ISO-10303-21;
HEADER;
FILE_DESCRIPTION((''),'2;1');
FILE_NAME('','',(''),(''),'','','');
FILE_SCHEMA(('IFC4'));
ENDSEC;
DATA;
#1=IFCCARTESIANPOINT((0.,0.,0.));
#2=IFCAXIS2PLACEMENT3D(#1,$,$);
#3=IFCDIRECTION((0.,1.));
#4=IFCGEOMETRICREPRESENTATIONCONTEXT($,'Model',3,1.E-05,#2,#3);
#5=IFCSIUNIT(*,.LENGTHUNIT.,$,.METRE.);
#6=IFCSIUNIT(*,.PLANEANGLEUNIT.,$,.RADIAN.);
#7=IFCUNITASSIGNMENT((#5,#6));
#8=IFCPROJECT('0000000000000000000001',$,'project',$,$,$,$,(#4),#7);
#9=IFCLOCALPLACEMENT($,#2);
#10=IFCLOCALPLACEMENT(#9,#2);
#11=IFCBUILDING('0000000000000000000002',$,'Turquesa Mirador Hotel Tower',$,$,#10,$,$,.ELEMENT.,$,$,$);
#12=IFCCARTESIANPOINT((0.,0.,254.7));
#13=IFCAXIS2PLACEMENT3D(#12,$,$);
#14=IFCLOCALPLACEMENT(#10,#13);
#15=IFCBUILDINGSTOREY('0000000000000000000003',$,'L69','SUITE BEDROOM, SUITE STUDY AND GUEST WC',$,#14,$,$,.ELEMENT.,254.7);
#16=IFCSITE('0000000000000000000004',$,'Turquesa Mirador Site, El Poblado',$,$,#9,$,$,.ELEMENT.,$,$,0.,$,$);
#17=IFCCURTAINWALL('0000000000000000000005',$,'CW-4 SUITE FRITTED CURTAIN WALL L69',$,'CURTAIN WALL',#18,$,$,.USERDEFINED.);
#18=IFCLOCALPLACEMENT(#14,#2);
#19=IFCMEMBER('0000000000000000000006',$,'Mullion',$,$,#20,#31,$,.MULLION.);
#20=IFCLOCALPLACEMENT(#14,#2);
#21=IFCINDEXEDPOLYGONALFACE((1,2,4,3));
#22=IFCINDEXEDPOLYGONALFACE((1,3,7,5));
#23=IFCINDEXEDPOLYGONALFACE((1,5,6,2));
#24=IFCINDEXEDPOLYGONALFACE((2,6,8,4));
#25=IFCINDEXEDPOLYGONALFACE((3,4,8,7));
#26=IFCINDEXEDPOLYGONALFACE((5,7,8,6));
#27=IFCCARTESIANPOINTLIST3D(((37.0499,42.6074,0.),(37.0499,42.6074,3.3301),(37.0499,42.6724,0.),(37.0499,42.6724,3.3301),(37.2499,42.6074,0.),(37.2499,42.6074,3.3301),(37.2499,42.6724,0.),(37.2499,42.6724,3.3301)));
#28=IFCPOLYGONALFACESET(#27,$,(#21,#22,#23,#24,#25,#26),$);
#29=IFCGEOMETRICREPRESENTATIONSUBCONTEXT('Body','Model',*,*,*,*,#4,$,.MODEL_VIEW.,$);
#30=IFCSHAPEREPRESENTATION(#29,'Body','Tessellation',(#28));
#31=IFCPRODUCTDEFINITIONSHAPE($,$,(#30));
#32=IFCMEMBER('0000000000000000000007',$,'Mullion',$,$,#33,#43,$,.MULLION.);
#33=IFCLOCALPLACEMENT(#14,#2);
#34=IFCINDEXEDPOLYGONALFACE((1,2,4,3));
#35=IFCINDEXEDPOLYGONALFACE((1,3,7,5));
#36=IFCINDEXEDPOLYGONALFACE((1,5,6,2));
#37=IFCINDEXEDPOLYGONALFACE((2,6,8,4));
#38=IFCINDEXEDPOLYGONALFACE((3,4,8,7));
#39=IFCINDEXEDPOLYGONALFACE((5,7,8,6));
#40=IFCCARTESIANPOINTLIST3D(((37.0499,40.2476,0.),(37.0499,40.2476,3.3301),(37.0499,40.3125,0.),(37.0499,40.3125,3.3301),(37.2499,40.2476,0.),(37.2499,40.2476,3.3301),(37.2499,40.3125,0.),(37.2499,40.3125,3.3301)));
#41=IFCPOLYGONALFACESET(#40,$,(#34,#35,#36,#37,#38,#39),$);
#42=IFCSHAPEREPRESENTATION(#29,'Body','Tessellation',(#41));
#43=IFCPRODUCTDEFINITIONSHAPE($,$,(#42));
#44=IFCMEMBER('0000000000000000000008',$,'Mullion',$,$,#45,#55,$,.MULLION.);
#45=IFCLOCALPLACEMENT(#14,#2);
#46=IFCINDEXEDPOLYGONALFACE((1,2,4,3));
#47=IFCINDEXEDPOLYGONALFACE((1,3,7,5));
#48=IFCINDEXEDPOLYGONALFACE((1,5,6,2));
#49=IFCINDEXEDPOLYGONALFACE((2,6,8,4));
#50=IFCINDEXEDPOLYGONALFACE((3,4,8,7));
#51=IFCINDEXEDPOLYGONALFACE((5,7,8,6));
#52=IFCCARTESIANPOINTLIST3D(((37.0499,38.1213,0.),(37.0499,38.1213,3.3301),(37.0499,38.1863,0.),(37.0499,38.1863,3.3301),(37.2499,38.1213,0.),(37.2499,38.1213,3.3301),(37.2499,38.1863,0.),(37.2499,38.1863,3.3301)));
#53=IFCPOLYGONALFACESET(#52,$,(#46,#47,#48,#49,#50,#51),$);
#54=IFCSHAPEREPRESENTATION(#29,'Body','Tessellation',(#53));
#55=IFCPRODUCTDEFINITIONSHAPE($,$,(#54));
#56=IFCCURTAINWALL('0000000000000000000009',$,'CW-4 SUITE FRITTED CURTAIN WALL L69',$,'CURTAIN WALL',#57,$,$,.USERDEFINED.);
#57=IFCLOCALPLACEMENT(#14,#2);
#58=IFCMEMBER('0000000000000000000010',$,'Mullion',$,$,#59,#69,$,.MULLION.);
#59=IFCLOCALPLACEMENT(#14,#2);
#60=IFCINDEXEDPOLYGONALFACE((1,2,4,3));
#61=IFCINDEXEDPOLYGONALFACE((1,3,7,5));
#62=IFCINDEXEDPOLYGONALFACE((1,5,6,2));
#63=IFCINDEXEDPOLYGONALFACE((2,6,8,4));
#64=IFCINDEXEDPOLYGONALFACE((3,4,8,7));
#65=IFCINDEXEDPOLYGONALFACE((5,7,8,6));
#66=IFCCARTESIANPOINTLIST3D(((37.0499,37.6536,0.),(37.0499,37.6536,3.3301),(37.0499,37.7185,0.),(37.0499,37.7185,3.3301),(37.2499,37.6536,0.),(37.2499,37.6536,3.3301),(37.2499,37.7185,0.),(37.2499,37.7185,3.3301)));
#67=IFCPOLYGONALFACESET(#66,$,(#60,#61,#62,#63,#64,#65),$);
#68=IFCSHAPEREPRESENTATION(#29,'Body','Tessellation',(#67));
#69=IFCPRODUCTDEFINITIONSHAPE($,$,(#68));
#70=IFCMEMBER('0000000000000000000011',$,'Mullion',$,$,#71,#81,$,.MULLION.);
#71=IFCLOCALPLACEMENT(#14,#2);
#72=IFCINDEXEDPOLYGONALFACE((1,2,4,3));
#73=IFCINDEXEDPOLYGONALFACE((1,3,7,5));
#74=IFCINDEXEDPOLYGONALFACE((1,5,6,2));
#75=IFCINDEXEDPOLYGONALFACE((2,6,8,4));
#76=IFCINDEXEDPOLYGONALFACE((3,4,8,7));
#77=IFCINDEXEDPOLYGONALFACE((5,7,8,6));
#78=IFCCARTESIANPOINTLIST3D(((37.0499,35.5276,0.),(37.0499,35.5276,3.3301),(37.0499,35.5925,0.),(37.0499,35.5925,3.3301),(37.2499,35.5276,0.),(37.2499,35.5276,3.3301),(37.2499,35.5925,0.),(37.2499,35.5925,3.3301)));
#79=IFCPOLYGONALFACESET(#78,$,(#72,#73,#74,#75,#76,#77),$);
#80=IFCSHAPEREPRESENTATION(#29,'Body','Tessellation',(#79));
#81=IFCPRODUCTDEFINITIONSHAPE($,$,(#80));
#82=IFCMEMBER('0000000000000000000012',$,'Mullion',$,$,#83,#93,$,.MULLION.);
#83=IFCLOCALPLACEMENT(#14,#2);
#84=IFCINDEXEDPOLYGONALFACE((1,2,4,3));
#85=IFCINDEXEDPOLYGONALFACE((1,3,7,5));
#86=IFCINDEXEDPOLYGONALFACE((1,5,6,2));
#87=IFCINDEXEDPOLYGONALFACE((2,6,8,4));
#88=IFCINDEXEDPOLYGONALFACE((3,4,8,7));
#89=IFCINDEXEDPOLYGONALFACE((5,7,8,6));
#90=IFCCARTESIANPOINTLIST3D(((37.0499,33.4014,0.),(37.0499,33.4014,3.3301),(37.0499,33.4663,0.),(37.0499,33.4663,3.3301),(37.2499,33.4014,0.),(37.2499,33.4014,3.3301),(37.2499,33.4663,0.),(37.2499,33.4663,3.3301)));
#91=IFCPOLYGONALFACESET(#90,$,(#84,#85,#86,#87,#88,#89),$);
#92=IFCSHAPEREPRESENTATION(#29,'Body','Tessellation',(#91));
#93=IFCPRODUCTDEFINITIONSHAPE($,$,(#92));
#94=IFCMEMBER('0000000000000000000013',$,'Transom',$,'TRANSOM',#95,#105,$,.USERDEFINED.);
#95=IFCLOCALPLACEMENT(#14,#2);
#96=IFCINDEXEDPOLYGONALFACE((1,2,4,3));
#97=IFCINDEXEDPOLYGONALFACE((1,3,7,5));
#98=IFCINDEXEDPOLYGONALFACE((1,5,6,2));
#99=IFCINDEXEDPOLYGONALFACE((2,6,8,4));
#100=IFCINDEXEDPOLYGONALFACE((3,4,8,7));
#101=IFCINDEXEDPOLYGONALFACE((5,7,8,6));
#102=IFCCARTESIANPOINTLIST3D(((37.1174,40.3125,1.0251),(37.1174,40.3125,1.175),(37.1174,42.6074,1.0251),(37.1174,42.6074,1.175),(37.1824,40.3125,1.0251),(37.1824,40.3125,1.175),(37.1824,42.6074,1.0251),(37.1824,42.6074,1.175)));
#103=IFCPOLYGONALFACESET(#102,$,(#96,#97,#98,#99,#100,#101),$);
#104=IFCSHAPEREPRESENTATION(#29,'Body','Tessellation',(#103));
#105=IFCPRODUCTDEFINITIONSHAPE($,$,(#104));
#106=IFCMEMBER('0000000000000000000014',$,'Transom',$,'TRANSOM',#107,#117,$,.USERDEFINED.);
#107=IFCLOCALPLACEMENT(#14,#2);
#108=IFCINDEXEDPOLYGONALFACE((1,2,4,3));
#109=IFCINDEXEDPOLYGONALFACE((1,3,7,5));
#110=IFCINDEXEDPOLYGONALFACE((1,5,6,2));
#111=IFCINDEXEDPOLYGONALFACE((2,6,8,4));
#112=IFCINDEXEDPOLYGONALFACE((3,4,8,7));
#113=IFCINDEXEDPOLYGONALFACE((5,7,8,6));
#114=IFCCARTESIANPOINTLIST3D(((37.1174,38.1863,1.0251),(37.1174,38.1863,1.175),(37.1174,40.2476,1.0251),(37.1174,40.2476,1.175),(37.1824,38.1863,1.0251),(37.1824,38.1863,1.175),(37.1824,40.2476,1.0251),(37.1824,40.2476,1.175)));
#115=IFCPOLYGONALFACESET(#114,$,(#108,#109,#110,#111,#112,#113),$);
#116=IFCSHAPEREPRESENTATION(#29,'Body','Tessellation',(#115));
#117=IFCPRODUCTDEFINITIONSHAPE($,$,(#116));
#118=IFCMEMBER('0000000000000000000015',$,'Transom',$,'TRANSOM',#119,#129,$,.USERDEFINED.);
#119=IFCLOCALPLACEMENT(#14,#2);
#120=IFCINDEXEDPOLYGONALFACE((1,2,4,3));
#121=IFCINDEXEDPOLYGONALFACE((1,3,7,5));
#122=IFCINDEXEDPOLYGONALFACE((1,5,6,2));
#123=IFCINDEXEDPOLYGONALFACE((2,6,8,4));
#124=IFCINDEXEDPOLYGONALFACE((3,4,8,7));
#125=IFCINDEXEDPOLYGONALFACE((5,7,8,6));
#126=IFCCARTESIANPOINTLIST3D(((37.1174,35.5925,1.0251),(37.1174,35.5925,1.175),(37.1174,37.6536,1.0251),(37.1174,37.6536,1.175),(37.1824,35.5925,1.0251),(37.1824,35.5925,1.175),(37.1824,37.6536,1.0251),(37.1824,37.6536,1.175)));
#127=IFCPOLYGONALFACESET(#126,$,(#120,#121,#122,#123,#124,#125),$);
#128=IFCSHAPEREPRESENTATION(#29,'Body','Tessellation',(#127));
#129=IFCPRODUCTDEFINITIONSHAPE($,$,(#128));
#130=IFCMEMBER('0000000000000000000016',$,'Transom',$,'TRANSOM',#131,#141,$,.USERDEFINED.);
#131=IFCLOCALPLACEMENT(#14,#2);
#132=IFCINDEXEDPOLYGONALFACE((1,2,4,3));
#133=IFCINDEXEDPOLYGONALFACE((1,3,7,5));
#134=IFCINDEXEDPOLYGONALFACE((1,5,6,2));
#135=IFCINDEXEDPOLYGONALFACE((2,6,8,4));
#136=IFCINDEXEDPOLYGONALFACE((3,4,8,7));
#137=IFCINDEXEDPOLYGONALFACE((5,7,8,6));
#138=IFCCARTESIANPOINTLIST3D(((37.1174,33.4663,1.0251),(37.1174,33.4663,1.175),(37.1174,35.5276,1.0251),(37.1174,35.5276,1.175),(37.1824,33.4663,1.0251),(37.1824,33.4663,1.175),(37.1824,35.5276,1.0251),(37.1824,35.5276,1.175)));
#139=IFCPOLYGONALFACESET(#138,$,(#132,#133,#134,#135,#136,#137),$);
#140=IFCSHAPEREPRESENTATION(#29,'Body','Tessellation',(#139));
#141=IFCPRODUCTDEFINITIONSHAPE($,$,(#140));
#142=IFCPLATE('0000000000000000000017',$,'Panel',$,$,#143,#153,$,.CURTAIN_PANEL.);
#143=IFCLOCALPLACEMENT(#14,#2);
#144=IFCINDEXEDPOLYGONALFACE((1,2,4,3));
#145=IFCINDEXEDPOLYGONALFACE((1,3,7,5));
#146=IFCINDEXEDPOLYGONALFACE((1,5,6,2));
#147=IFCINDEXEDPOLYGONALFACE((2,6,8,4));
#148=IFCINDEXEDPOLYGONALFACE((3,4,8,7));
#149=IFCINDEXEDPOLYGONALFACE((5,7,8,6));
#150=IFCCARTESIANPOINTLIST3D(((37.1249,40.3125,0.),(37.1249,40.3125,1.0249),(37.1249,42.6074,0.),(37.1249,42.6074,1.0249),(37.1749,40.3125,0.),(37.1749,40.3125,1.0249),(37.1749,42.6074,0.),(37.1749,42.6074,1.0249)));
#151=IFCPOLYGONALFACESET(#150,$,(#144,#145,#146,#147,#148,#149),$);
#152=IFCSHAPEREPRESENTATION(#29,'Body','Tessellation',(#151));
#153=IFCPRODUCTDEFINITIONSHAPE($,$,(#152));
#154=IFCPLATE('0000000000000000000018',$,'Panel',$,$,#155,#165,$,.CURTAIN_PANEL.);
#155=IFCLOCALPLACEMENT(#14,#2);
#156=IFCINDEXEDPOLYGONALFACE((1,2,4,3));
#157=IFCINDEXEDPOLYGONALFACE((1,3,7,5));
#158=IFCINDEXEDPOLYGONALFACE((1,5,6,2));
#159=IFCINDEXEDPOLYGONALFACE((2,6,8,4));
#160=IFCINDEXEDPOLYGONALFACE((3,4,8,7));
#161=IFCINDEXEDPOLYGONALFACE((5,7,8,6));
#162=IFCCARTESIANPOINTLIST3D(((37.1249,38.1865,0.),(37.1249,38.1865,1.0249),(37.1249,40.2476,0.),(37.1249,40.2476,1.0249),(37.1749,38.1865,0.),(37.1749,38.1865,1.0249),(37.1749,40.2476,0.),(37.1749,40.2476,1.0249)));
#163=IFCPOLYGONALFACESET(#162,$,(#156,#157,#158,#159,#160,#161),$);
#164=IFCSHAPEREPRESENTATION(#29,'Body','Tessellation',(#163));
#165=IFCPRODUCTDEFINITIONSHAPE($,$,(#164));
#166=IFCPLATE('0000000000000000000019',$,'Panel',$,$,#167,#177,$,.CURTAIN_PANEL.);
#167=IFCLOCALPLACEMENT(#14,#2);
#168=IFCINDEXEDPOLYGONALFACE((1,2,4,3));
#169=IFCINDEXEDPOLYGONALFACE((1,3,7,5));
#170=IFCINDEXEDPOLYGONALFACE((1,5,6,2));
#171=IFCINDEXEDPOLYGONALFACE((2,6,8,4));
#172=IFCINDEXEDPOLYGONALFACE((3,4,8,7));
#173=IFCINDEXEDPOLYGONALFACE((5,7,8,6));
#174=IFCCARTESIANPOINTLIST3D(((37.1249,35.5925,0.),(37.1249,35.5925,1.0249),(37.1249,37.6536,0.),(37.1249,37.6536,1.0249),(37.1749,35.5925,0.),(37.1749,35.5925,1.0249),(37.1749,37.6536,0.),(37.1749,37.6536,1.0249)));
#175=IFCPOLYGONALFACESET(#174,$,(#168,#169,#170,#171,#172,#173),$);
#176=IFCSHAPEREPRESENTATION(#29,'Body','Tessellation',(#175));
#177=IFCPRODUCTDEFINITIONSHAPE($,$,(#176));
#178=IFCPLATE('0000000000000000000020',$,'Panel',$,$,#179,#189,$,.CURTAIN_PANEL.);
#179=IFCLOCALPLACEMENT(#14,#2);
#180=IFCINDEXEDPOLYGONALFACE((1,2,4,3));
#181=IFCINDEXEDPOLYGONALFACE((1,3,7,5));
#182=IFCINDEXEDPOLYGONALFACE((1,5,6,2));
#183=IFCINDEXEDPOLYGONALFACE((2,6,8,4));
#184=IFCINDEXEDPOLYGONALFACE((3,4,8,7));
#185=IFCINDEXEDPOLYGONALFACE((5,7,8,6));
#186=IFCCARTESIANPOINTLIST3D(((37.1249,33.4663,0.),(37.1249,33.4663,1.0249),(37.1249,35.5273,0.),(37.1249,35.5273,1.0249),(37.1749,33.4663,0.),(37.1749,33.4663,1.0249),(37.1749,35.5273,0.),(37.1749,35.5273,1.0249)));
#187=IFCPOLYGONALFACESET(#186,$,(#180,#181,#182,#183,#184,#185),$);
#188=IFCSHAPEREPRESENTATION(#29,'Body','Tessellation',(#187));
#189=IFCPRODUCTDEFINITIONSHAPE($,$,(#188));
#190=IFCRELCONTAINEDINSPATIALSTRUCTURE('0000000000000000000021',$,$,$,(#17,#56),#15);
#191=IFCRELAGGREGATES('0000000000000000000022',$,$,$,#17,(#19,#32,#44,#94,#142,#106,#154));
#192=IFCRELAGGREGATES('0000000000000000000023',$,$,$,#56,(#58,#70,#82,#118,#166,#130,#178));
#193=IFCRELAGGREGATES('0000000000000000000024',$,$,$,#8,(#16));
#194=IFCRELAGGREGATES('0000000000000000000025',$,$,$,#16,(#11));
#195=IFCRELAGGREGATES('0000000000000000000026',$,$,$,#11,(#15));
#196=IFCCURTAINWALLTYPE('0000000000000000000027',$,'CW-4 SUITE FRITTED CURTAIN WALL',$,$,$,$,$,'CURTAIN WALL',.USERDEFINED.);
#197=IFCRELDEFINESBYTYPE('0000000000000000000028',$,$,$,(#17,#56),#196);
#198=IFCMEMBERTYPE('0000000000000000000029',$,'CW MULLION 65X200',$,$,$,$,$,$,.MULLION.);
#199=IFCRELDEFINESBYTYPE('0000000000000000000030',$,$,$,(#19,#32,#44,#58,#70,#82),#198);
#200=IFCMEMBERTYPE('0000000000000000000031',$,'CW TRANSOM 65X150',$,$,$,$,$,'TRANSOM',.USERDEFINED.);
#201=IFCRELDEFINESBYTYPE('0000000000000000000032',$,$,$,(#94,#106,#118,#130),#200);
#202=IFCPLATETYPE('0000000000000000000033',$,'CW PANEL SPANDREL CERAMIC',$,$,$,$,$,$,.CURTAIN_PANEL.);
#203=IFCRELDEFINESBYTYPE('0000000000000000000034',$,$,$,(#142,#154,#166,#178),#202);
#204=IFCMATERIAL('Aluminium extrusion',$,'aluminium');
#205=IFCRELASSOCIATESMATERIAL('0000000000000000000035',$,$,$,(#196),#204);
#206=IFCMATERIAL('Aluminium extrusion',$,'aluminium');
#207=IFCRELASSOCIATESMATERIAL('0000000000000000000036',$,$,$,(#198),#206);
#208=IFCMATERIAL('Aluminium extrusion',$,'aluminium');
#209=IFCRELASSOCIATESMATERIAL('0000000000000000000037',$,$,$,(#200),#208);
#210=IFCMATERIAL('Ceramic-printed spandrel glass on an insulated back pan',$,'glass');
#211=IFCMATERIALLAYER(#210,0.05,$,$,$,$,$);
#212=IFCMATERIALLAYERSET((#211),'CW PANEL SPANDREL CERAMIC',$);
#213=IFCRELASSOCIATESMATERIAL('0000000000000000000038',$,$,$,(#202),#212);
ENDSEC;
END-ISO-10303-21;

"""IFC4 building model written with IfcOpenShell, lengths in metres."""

from ifc_helpers import new_model, si_unit, direction, frame, origin, origin_2d, place, context, subcontext, project, spatial, rectangle, extrude, material, layer, layer_set, material_profile, profile_set, type_object, element, aggregate, save


model = new_model("IFC4")

# Units and contexts
model_context = context("Model", 3, precision=1e-05, world=origin(), true_north=direction((0.0, 1.0)))
body_context = subcontext(model_context, "Body", "Model", "MODEL_VIEW")
ifc_project = project(units=[si_unit("LENGTHUNIT", "METRE"), si_unit("PLANEANGLEUNIT", "RADIAN")], contexts=[model_context])

# Site, building, storey
site_placement = place(None, origin())
site = spatial("IfcSite", under=ifc_project, at=site_placement, Name="Turquesa Mirador Site, El Poblado", CompositionType="ELEMENT", RefElevation=0.0)
building_placement = place(site_placement, origin())
building = spatial("IfcBuilding", under=site, at=building_placement, Name="Turquesa Mirador Hotel Tower", CompositionType="ELEMENT")
storey_placement = place(building_placement, frame((0.0, 0.0, 254.7)))
storey = spatial("IfcBuildingStorey", under=building, at=storey_placement, Name="L69", Description="SUITE BEDROOM, SUITE STUDY AND GUEST WC", CompositionType="ELEMENT", Elevation=254.7)

# Curtain walls, members
ifc_material_1 = material(Name="Aluminium extrusion", Category="aluminium")
curtain_wall_type = type_object("IfcCurtainWallType", Name="CW-4 SUITE FRITTED CURTAIN WALL", ElementType="CURTAIN WALL", PredefinedType="USERDEFINED", material=ifc_material_1)
curtain_wall_1_placement = place(storey_placement, origin())
curtain_wall_1 = element("IfcCurtainWall", 1, at=curtain_wall_1_placement, inside=storey, type_object=curtain_wall_type, Name="CW-4 SUITE FRITTED CURTAIN WALL L69", ObjectType="CURTAIN WALL", PredefinedType="USERDEFINED")
ifc_material_2 = material(Name="Aluminium extrusion", Category="aluminium")
ifc_material_profile_1 = material_profile(ifc_material_2, rectangle(XDim=0.0649, YDim=0.2, at=origin_2d()), Name="MULLION 65X200")
ifc_profile_set_1 = profile_set([ifc_material_profile_1], Name="Aluminium extrusion")
member_type_1 = type_object("IfcMemberType", Name="CW MULLION 65X200", PredefinedType="MULLION", material=ifc_profile_set_1)
member_1_placement = place(storey_placement, frame((37.1499, 42.6399, 0.0), z_axis=(0.0, 0.0, 1.0), x_axis=(0.0, -1.0, 0.0)))
member_1 = element("IfcMember", 2, at=member_1_placement, type_object=member_type_1, Name="Mullion", PredefinedType="MULLION", context=body_context, shape_type="SweptSolid", body=[
    extrude(rectangle(XDim=0.0649, YDim=0.2, at=origin_2d()), origin(), (0.0, 0.0, 1.0), 3.3301),
])
member_2_placement = place(storey_placement, frame((37.1499, 40.28, 0.0), z_axis=(0.0, 0.0, 1.0), x_axis=(0.0, -1.0, 0.0)))
member_2 = element("IfcMember", 3, at=member_2_placement, type_object=member_type_1, Name="Mullion", PredefinedType="MULLION", context=body_context, shape_type="SweptSolid", body=[
    extrude(rectangle(XDim=0.0649, YDim=0.2, at=origin_2d()), origin(), (0.0, 0.0, 1.0), 3.3301),
])
member_3_placement = place(storey_placement, frame((37.1499, 38.1538, 0.0), z_axis=(0.0, 0.0, 1.0), x_axis=(0.0, -1.0, 0.0)))
member_3 = element("IfcMember", 4, at=member_3_placement, type_object=member_type_1, Name="Mullion", PredefinedType="MULLION", context=body_context, shape_type="SweptSolid", body=[
    extrude(rectangle(XDim=0.0649, YDim=0.2, at=origin_2d()), origin(), (0.0, 0.0, 1.0), 3.3301),
])
curtain_wall_2_placement = place(storey_placement, origin())
curtain_wall_2 = element("IfcCurtainWall", 5, at=curtain_wall_2_placement, inside=storey, type_object=curtain_wall_type, Name="CW-4 SUITE FRITTED CURTAIN WALL L69", ObjectType="CURTAIN WALL", PredefinedType="USERDEFINED")
member_4_placement = place(storey_placement, frame((37.1499, 37.686, 0.0), z_axis=(0.0, 0.0, 1.0), x_axis=(0.0, -1.0, 0.0)))
member_4 = element("IfcMember", 6, at=member_4_placement, type_object=member_type_1, Name="Mullion", PredefinedType="MULLION", context=body_context, shape_type="SweptSolid", body=[
    extrude(rectangle(XDim=0.0649, YDim=0.2, at=origin_2d()), origin(), (0.0, 0.0, 1.0), 3.3301),
])
member_5_placement = place(storey_placement, frame((37.1499, 35.5601, 0.0), z_axis=(0.0, 0.0, 1.0), x_axis=(0.0, -1.0, 0.0)))
member_5 = element("IfcMember", 7, at=member_5_placement, type_object=member_type_1, Name="Mullion", PredefinedType="MULLION", context=body_context, shape_type="SweptSolid", body=[
    extrude(rectangle(XDim=0.0649, YDim=0.2, at=origin_2d()), origin(), (0.0, 0.0, 1.0), 3.3301),
])
member_6_placement = place(storey_placement, frame((37.1499, 33.4338, 0.0), z_axis=(0.0, 0.0, 1.0), x_axis=(0.0, -1.0, 0.0)))
member_6 = element("IfcMember", 8, at=member_6_placement, type_object=member_type_1, Name="Mullion", PredefinedType="MULLION", context=body_context, shape_type="SweptSolid", body=[
    extrude(rectangle(XDim=0.0649, YDim=0.2, at=origin_2d()), origin(), (0.0, 0.0, 1.0), 3.3301),
])

# Members
ifc_material_3 = material(Name="Aluminium extrusion", Category="aluminium")
ifc_material_profile_2 = material_profile(ifc_material_3, rectangle(XDim=0.0649, YDim=0.1499, at=origin_2d()), Name="TRANSOM 65X150")
ifc_profile_set_2 = profile_set([ifc_material_profile_2], Name="Aluminium extrusion")
member_type_2 = type_object("IfcMemberType", Name="CW TRANSOM 65X150", ElementType="TRANSOM", PredefinedType="USERDEFINED", material=ifc_profile_set_2)
member_7_placement = place(storey_placement, frame((37.1499, 42.6074, 1.1001), z_axis=(0.0, -1.0, 0.0), x_axis=(1.0, 0.0, 0.0)))
member_7 = element("IfcMember", 9, at=member_7_placement, type_object=member_type_2, Name="Transom", ObjectType="TRANSOM", PredefinedType="USERDEFINED", context=body_context, shape_type="SweptSolid", body=[
    extrude(rectangle(XDim=0.0649, YDim=0.1499, at=origin_2d()), origin(), (0.0, 0.0, 1.0), 2.2949),
])
member_8_placement = place(storey_placement, frame((37.1499, 40.2476, 1.1001), z_axis=(0.0, -1.0, 0.0), x_axis=(1.0, 0.0, 0.0)))
member_8 = element("IfcMember", 10, at=member_8_placement, type_object=member_type_2, Name="Transom", ObjectType="TRANSOM", PredefinedType="USERDEFINED", context=body_context, shape_type="SweptSolid", body=[
    extrude(rectangle(XDim=0.0649, YDim=0.1499, at=origin_2d()), origin(), (0.0, 0.0, 1.0), 2.0613),
])
member_9_placement = place(storey_placement, frame((37.1499, 37.6536, 1.1001), z_axis=(0.0, -1.0, 0.0), x_axis=(1.0, 0.0, 0.0)))
member_9 = element("IfcMember", 11, at=member_9_placement, type_object=member_type_2, Name="Transom", ObjectType="TRANSOM", PredefinedType="USERDEFINED", context=body_context, shape_type="SweptSolid", body=[
    extrude(rectangle(XDim=0.0649, YDim=0.1499, at=origin_2d()), origin(), (0.0, 0.0, 1.0), 2.061),
])
member_10_placement = place(storey_placement, frame((37.1499, 35.5276, 1.1001), z_axis=(0.0, -1.0, 0.0), x_axis=(1.0, 0.0, 0.0)))
member_10 = element("IfcMember", 12, at=member_10_placement, type_object=member_type_2, Name="Transom", ObjectType="TRANSOM", PredefinedType="USERDEFINED", context=body_context, shape_type="SweptSolid", body=[
    extrude(rectangle(XDim=0.0649, YDim=0.1499, at=origin_2d()), origin(), (0.0, 0.0, 1.0), 2.0613),
])

# Plates
ifc_material_4 = material(Name="Ceramic-printed spandrel glass on an insulated back pan", Category="glass")
ifc_layer_1 = layer(ifc_material_4, 0.05)
ifc_layer_set_1 = layer_set([ifc_layer_1], Name="CW PANEL SPANDREL CERAMIC")
plate_type_1 = type_object("IfcPlateType", Name="CW PANEL SPANDREL CERAMIC", PredefinedType="CURTAIN_PANEL", material=ifc_layer_set_1)
plate_1_placement = place(storey_placement, frame((37.1499, 41.46, 0.0), z_axis=(0.0, 0.0, 1.0), x_axis=(0.0, -1.0, 0.0)))
plate_1 = element("IfcPlate", 13, at=plate_1_placement, type_object=plate_type_1, Name="Panel", PredefinedType="CURTAIN_PANEL", context=body_context, shape_type="SweptSolid", body=[
    extrude(rectangle(XDim=2.2949, YDim=0.05, at=origin_2d()), origin(), (0.0, 0.0, 1.0), 1.0249),
])
plate_2_placement = place(storey_placement, frame((37.1499, 39.217, 0.0), z_axis=(0.0, 0.0, 1.0), x_axis=(0.0, -1.0, 0.0)))
plate_2 = element("IfcPlate", 14, at=plate_2_placement, type_object=plate_type_1, Name="Panel", PredefinedType="CURTAIN_PANEL", context=body_context, shape_type="SweptSolid", body=[
    extrude(rectangle(XDim=2.061, YDim=0.05, at=origin_2d()), origin(), (0.0, 0.0, 1.0), 1.0249),
])
plate_3_placement = place(storey_placement, frame((37.1499, 36.623, 0.0), z_axis=(0.0, 0.0, 1.0), x_axis=(0.0, -1.0, 0.0)))
plate_3 = element("IfcPlate", 15, at=plate_3_placement, type_object=plate_type_1, Name="Panel", PredefinedType="CURTAIN_PANEL", context=body_context, shape_type="SweptSolid", body=[
    extrude(rectangle(XDim=2.061, YDim=0.05, at=origin_2d()), origin(), (0.0, 0.0, 1.0), 1.0249),
])
plate_4_placement = place(storey_placement, frame((37.1499, 34.4968, 0.0), z_axis=(0.0, 0.0, 1.0), x_axis=(0.0, -1.0, 0.0)))
plate_4 = element("IfcPlate", 16, at=plate_4_placement, type_object=plate_type_1, Name="Panel", PredefinedType="CURTAIN_PANEL", context=body_context, shape_type="SweptSolid", body=[
    extrude(rectangle(XDim=2.061, YDim=0.05, at=origin_2d()), origin(), (0.0, 0.0, 1.0), 1.0249),
])
aggregate(curtain_wall_1, [member_1, member_2, member_3, member_7, plate_1, member_8, plate_2])
aggregate(curtain_wall_2, [member_4, member_5, member_6, member_9, plate_3, member_10, plate_4])

save(model, "model.ifc")
